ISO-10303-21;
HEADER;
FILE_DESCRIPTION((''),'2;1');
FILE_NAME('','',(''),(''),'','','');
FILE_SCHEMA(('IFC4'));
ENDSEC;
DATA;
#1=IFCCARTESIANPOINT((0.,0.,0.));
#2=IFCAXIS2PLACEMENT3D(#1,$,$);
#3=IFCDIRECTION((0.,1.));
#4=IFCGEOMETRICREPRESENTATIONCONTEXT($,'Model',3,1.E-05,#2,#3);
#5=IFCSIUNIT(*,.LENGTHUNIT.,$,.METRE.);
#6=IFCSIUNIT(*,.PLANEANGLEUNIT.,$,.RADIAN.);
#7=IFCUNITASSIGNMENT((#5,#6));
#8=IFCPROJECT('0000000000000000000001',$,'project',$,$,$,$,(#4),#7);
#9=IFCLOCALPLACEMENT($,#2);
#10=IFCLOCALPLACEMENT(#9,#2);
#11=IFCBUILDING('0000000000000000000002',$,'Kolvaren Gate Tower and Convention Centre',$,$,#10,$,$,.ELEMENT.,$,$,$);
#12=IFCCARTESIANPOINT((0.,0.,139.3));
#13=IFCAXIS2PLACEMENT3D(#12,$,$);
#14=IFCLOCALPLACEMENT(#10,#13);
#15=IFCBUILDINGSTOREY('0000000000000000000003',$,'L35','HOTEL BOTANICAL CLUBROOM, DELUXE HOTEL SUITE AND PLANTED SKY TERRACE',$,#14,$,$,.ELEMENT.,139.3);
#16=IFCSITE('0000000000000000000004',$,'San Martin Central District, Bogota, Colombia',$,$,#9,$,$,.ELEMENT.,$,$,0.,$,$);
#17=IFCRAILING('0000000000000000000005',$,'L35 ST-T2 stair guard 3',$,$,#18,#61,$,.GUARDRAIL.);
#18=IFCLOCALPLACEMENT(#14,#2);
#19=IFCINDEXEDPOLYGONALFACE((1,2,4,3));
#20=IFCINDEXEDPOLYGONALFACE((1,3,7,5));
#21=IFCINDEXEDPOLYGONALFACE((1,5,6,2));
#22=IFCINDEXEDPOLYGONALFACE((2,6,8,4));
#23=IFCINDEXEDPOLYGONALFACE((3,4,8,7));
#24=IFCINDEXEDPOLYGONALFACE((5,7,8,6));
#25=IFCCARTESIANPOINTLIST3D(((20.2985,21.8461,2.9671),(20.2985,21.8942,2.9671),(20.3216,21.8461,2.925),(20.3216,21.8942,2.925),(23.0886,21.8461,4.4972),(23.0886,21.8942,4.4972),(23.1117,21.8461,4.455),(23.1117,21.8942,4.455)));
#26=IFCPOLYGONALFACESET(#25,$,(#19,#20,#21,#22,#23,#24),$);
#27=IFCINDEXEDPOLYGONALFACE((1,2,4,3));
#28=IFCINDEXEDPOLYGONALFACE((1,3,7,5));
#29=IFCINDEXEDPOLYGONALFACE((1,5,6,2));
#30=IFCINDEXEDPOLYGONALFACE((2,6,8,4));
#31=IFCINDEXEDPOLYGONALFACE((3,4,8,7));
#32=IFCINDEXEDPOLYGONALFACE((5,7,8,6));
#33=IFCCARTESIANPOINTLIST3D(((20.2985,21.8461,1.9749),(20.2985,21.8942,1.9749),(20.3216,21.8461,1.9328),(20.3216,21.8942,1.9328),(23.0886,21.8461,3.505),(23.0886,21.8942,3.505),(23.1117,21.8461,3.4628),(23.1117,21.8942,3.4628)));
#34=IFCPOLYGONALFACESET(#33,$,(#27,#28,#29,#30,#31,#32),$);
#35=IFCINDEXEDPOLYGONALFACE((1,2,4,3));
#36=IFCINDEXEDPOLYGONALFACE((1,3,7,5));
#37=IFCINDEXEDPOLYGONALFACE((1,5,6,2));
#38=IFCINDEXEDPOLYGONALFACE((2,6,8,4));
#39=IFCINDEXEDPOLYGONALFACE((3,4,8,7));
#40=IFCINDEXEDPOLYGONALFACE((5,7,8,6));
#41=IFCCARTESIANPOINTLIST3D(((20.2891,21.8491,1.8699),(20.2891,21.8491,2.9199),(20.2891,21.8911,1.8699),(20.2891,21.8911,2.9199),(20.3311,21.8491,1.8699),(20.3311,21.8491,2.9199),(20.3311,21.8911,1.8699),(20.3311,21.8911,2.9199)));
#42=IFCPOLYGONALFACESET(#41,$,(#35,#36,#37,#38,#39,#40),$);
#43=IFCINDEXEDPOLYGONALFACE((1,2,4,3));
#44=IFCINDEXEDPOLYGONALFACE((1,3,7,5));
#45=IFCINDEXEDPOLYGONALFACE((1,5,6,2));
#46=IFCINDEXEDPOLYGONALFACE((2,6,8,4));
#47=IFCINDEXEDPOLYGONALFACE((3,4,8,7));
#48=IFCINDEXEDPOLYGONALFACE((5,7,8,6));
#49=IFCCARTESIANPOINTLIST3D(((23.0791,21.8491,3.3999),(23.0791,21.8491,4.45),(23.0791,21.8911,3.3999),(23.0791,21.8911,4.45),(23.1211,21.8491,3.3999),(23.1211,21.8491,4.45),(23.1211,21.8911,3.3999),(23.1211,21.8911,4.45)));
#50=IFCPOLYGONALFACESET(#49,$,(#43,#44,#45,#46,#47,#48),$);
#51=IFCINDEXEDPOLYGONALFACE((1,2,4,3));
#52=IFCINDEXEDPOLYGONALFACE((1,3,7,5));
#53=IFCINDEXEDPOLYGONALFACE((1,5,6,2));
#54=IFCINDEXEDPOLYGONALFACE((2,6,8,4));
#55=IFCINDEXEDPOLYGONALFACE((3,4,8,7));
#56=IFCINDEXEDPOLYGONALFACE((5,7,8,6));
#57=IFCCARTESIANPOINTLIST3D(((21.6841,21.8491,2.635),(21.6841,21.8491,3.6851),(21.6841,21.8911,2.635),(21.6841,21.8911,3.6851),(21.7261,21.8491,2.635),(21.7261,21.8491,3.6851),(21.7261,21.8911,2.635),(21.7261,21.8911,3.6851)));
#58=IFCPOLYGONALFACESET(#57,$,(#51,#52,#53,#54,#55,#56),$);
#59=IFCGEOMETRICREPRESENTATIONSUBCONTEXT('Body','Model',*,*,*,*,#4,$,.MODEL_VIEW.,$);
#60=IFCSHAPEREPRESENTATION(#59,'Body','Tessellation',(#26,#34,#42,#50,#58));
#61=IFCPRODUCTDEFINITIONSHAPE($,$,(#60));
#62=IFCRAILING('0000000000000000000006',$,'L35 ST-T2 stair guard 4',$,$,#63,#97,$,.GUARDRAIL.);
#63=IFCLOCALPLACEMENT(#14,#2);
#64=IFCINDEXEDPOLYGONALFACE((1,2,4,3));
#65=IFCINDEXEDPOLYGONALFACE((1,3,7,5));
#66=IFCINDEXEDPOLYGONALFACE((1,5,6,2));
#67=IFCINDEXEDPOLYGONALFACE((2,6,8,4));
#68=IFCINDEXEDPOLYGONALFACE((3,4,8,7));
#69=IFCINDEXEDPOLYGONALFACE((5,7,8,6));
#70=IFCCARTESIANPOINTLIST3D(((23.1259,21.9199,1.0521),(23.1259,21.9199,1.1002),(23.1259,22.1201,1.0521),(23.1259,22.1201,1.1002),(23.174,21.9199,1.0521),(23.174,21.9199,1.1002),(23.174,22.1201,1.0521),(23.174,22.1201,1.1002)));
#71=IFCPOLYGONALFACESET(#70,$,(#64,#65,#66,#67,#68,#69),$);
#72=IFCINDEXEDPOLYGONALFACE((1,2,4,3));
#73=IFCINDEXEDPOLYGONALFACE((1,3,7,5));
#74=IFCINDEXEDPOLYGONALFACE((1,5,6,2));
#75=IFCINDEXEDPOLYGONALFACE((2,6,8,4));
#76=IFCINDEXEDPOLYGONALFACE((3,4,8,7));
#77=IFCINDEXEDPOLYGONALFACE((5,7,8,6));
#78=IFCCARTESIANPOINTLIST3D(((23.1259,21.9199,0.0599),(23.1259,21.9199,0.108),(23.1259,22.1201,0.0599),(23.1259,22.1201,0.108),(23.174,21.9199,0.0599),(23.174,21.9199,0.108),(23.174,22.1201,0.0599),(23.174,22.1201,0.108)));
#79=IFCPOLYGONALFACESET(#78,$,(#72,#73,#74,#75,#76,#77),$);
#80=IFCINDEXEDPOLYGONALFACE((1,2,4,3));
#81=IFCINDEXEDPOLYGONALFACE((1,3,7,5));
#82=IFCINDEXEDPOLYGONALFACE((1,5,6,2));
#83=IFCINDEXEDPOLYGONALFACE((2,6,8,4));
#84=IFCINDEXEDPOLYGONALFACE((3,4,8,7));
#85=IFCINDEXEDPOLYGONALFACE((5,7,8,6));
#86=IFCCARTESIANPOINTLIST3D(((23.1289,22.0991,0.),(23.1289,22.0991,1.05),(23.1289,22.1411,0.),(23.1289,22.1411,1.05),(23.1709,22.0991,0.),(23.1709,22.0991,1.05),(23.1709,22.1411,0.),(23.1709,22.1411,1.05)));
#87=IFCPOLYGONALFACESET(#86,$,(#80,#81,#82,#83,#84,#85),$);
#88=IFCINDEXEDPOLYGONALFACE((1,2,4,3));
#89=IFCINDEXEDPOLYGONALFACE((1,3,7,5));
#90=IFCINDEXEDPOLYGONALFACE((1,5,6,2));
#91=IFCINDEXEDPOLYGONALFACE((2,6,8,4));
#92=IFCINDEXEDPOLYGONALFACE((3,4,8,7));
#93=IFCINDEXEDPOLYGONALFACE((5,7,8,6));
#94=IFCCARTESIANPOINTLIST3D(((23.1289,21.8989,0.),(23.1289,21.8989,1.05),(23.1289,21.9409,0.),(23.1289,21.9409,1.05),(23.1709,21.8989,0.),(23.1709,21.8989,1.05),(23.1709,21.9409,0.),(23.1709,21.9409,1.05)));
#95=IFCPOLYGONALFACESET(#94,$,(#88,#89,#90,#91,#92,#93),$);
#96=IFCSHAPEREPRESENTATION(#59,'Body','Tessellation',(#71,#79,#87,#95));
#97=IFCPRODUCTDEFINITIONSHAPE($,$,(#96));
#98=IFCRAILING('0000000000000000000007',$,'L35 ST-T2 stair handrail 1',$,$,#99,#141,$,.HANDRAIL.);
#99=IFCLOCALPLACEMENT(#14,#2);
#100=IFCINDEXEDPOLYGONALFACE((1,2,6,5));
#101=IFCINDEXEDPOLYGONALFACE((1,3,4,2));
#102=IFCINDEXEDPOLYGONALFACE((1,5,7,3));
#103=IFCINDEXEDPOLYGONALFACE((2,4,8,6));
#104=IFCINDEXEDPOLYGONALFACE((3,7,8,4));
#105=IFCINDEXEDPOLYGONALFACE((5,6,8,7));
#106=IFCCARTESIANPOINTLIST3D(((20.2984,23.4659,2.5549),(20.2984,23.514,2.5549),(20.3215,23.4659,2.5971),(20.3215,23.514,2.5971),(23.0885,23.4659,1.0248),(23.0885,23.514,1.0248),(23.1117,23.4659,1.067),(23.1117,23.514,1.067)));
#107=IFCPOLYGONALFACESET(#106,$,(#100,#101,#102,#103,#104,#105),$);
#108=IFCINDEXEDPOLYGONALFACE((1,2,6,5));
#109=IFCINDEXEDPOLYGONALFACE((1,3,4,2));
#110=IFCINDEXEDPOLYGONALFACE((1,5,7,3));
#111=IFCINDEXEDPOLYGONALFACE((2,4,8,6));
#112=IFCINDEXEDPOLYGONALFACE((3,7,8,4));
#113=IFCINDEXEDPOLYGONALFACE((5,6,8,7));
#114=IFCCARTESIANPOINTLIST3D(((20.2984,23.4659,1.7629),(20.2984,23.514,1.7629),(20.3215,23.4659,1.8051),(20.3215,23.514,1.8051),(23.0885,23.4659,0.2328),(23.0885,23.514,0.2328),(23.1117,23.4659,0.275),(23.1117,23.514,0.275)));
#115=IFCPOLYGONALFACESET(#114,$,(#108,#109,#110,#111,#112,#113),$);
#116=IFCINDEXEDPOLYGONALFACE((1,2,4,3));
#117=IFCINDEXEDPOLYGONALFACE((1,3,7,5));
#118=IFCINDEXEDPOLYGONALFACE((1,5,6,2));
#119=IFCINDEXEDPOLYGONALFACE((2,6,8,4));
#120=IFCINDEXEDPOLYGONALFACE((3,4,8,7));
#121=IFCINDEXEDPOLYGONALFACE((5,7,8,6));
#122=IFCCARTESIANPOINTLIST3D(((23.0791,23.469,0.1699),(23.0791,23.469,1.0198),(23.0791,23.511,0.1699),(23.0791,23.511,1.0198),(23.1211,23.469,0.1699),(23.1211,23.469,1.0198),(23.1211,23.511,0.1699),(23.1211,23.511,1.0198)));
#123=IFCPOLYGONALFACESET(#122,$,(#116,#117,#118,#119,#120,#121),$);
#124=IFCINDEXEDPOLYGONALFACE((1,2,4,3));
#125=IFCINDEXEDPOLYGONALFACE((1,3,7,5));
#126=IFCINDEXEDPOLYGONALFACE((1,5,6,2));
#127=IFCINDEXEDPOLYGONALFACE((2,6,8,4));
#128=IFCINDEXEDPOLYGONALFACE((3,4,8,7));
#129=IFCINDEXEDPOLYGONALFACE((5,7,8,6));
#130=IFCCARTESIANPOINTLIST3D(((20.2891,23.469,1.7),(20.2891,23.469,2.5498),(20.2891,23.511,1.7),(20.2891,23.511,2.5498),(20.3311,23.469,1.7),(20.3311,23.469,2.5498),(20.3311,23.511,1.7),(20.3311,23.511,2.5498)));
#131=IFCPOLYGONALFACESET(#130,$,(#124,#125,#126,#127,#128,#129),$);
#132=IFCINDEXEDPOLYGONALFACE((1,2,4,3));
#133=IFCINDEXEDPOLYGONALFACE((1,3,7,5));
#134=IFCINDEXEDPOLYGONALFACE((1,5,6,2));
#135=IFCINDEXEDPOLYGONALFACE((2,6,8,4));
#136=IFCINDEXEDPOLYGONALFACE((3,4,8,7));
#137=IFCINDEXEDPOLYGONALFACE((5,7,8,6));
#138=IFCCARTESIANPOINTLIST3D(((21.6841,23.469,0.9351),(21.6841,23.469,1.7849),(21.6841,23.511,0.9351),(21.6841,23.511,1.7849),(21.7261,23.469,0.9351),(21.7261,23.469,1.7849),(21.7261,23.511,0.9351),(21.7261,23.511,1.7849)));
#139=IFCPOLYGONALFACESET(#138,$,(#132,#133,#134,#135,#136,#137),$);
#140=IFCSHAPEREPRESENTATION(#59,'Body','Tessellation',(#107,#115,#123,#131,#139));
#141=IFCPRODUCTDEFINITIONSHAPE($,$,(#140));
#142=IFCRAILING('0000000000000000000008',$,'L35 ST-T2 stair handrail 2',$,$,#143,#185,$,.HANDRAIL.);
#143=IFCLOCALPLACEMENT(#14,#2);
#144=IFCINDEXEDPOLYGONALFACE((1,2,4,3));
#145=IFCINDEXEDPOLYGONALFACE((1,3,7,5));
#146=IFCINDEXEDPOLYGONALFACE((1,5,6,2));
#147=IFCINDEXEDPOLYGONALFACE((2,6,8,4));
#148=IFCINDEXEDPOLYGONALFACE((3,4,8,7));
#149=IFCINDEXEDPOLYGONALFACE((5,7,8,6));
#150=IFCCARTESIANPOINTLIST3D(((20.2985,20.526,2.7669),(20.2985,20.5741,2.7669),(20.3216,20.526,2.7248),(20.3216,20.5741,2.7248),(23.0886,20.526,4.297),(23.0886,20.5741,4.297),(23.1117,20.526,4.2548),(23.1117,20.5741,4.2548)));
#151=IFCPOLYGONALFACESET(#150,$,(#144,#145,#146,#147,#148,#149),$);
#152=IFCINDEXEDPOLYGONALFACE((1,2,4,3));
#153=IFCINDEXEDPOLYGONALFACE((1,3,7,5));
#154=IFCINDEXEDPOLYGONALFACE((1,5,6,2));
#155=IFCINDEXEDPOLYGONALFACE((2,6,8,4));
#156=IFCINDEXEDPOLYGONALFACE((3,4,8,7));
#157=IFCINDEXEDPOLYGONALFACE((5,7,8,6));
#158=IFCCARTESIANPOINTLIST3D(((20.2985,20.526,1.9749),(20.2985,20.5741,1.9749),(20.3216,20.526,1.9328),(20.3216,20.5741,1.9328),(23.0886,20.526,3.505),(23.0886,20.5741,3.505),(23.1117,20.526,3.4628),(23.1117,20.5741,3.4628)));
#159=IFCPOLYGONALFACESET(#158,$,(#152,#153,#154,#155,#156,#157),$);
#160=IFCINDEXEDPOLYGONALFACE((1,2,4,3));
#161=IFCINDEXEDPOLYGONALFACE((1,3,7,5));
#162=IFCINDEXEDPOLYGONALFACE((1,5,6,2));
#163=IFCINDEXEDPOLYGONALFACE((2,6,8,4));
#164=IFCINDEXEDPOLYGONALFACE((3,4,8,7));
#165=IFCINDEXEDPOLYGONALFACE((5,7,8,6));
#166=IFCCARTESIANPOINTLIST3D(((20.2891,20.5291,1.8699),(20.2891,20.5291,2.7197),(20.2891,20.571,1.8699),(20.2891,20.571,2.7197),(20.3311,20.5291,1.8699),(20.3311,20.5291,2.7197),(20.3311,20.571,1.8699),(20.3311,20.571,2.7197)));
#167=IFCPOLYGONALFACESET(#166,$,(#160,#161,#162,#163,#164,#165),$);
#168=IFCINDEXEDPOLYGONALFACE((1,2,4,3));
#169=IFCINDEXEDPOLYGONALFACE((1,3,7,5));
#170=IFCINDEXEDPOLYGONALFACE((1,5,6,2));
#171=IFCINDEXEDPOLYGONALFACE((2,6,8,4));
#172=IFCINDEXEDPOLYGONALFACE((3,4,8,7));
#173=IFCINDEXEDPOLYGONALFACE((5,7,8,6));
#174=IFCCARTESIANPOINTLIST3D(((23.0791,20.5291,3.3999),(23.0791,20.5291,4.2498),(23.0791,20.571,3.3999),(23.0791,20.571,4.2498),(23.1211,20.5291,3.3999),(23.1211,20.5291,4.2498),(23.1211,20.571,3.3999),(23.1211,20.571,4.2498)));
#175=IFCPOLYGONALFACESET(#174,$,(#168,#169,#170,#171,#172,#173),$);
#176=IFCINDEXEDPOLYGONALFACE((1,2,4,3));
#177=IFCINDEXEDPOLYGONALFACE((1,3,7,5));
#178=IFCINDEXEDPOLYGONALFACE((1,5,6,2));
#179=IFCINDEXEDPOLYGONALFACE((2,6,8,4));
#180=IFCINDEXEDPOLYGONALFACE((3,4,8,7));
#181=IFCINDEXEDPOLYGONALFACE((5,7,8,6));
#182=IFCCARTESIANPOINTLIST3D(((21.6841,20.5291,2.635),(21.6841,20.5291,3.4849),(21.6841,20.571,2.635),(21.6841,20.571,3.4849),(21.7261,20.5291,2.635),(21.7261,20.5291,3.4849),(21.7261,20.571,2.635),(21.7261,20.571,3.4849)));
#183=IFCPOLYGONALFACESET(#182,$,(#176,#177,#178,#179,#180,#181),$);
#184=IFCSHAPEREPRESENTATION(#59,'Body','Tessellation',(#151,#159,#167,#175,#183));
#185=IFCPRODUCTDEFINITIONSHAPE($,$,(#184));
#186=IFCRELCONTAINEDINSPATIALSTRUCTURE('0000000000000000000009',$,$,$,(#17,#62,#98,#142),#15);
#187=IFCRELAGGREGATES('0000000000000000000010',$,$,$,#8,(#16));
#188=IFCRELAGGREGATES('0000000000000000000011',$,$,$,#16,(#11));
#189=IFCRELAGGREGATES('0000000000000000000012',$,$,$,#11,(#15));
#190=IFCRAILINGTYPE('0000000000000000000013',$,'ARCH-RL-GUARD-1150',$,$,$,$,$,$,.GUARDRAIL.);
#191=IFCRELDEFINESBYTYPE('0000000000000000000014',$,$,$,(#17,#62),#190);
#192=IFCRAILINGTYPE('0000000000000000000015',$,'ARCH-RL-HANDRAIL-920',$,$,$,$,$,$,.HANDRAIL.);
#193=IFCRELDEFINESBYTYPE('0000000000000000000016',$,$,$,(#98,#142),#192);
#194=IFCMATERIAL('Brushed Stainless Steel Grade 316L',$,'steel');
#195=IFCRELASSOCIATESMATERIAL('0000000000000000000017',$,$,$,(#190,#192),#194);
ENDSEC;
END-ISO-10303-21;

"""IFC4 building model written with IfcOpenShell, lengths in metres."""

from ifc_helpers import new_model, si_unit, direction, frame, origin, origin_2d, place, context, subcontext, project, spatial, rectangle, extrude, material, type_object, element, save


model = new_model("IFC4")

# Units and contexts
model_context = context("Model", 3, precision=1e-05, world=origin(), true_north=direction((0.0, 1.0)))
body_context = subcontext(model_context, "Body", "Model", "MODEL_VIEW")
ifc_project = project(units=[si_unit("LENGTHUNIT", "METRE"), si_unit("PLANEANGLEUNIT", "RADIAN")], contexts=[model_context])

# Site, building, storey
site_placement = place(None, origin())
site = spatial("IfcSite", under=ifc_project, at=site_placement, Name="San Martin Central District, Bogota, Colombia", CompositionType="ELEMENT", RefElevation=0.0)
building_placement = place(site_placement, origin())
building = spatial("IfcBuilding", under=site, at=building_placement, Name="Kolvaren Gate Tower and Convention Centre", CompositionType="ELEMENT")
storey_placement = place(building_placement, frame((0.0, 0.0, 139.3)))
storey = spatial("IfcBuildingStorey", under=building, at=storey_placement, Name="L35", Description="HOTEL BOTANICAL CLUBROOM, DELUXE HOTEL SUITE AND PLANTED SKY TERRACE", CompositionType="ELEMENT", Elevation=139.3)

# Shared definitions
ifc_material_1 = material(Name="Brushed Stainless Steel Grade 316L", Category="steel")

# Railings
railing_type_1 = type_object("IfcRailingType", Name="ARCH-RL-GUARD-1150", PredefinedType="GUARDRAIL", material=ifc_material_1)
railing_1_placement = place(storey_placement, frame((20.3101, 21.8701, 1.8699)))
element("IfcRailing", 1, at=railing_1_placement, inside=storey, type_object=railing_type_1, Name="L35 ST-T2 stair guard 3", PredefinedType="GUARDRAIL", context=body_context, shape_type="SweptSolid", body=[
    extrude(rectangle(XDim=0.0481, YDim=0.0481, at=origin_2d()), frame((0.0, 0.0, 1.0762), z_axis=(0.876811, 0.0, 0.480835), x_axis=(0.0, 1.0, 0.0)), (0.0, 0.0, 1.0), 3.1821),
    extrude(rectangle(XDim=0.0481, YDim=0.0481, at=origin_2d()), frame((0.0, 0.0, 0.084), z_axis=(0.876811, 0.0, 0.480835), x_axis=(0.0, 1.0, 0.0)), (0.0, 0.0, 1.0), 3.1821),
    extrude(rectangle(XDim=0.042, YDim=0.042, at=origin_2d()), origin(), (0.0, 0.0, 1.0), 1.05),
    extrude(rectangle(XDim=0.042, YDim=0.042, at=origin_2d()), frame((2.79, 0.0, 1.53)), (0.0, 0.0, 1.0), 1.05),
    extrude(rectangle(XDim=0.042, YDim=0.042, at=origin_2d()), frame((1.395, 0.0, 0.7651)), (0.0, 0.0, 1.0), 1.05),
])
railing_2_placement = place(storey_placement, frame((23.1499, 22.1201, 0.0)))
element("IfcRailing", 2, at=railing_2_placement, inside=storey, type_object=railing_type_1, Name="L35 ST-T2 stair guard 4", PredefinedType="GUARDRAIL", context=body_context, shape_type="SweptSolid", body=[
    extrude(rectangle(XDim=0.0481, YDim=0.0481, at=origin_2d()), frame((0.0, 0.0, 1.0762), z_axis=(0.0, -1.0, 0.0), x_axis=(1.0, 0.0, 0.0)), (0.0, 0.0, 1.0), 0.2002),
    extrude(rectangle(XDim=0.0481, YDim=0.0481, at=origin_2d()), frame((0.0, 0.0, 0.084), z_axis=(0.0, -1.0, 0.0), x_axis=(1.0, 0.0, 0.0)), (0.0, 0.0, 1.0), 0.2002),
    extrude(rectangle(XDim=0.042, YDim=0.042, at=origin_2d()), origin(), (0.0, 0.0, 1.0), 1.05),
    extrude(rectangle(XDim=0.042, YDim=0.042, at=origin_2d()), frame((0.0, -0.2002, 0.0)), (0.0, 0.0, 1.0), 1.05),
])
railing_type_2 = type_object("IfcRailingType", Name="ARCH-RL-HANDRAIL-920", PredefinedType="HANDRAIL", material=ifc_material_1)
railing_3_placement = place(storey_placement, frame((23.1001, 23.49, 0.1699)))
element("IfcRailing", 3, at=railing_3_placement, inside=storey, type_object=railing_type_2, Name="L35 ST-T2 stair handrail 1", PredefinedType="HANDRAIL", context=body_context, shape_type="SweptSolid", body=[
    extrude(rectangle(XDim=0.0481, YDim=0.0481, at=origin_2d()), frame((0.0, 0.0, 0.876), z_axis=(-0.876811, 0.0, 0.480835), x_axis=(0.0, -1.0, 0.0)), (0.0, 0.0, 1.0), 3.1821),
    extrude(rectangle(XDim=0.0481, YDim=0.0481, at=origin_2d()), frame((0.0, 0.0, 0.084), z_axis=(-0.876811, 0.0, 0.480835), x_axis=(0.0, -1.0, 0.0)), (0.0, 0.0, 1.0), 3.1821),
    extrude(rectangle(XDim=0.042, YDim=0.042, at=origin_2d()), origin(), (0.0, 0.0, 1.0), 0.8499),
    extrude(rectangle(XDim=0.042, YDim=0.042, at=origin_2d()), frame((-2.79, 0.0, 1.53)), (0.0, 0.0, 1.0), 0.8499),
    extrude(rectangle(XDim=0.042, YDim=0.042, at=origin_2d()), frame((-1.395, 0.0, 0.7651)), (0.0, 0.0, 1.0), 0.8499),
])
railing_4_placement = place(storey_placement, frame((20.3101, 20.55, 1.8699)))
element("IfcRailing", 4, at=railing_4_placement, inside=storey, type_object=railing_type_2, Name="L35 ST-T2 stair handrail 2", PredefinedType="HANDRAIL", context=body_context, shape_type="SweptSolid", body=[
    extrude(rectangle(XDim=0.0481, YDim=0.0481, at=origin_2d()), frame((0.0, 0.0, 0.876), z_axis=(0.876811, 0.0, 0.480835), x_axis=(0.0, 1.0, 0.0)), (0.0, 0.0, 1.0), 3.1821),
    extrude(rectangle(XDim=0.0481, YDim=0.0481, at=origin_2d()), frame((0.0, 0.0, 0.084), z_axis=(0.876811, 0.0, 0.480835), x_axis=(0.0, 1.0, 0.0)), (0.0, 0.0, 1.0), 3.1821),
    extrude(rectangle(XDim=0.042, YDim=0.042, at=origin_2d()), origin(), (0.0, 0.0, 1.0), 0.8499),
    extrude(rectangle(XDim=0.042, YDim=0.042, at=origin_2d()), frame((2.79, 0.0, 1.53)), (0.0, 0.0, 1.0), 0.8499),
    extrude(rectangle(XDim=0.042, YDim=0.042, at=origin_2d()), frame((1.395, 0.0, 0.7651)), (0.0, 0.0, 1.0), 0.8499),
])

save(model, "model.ifc")
